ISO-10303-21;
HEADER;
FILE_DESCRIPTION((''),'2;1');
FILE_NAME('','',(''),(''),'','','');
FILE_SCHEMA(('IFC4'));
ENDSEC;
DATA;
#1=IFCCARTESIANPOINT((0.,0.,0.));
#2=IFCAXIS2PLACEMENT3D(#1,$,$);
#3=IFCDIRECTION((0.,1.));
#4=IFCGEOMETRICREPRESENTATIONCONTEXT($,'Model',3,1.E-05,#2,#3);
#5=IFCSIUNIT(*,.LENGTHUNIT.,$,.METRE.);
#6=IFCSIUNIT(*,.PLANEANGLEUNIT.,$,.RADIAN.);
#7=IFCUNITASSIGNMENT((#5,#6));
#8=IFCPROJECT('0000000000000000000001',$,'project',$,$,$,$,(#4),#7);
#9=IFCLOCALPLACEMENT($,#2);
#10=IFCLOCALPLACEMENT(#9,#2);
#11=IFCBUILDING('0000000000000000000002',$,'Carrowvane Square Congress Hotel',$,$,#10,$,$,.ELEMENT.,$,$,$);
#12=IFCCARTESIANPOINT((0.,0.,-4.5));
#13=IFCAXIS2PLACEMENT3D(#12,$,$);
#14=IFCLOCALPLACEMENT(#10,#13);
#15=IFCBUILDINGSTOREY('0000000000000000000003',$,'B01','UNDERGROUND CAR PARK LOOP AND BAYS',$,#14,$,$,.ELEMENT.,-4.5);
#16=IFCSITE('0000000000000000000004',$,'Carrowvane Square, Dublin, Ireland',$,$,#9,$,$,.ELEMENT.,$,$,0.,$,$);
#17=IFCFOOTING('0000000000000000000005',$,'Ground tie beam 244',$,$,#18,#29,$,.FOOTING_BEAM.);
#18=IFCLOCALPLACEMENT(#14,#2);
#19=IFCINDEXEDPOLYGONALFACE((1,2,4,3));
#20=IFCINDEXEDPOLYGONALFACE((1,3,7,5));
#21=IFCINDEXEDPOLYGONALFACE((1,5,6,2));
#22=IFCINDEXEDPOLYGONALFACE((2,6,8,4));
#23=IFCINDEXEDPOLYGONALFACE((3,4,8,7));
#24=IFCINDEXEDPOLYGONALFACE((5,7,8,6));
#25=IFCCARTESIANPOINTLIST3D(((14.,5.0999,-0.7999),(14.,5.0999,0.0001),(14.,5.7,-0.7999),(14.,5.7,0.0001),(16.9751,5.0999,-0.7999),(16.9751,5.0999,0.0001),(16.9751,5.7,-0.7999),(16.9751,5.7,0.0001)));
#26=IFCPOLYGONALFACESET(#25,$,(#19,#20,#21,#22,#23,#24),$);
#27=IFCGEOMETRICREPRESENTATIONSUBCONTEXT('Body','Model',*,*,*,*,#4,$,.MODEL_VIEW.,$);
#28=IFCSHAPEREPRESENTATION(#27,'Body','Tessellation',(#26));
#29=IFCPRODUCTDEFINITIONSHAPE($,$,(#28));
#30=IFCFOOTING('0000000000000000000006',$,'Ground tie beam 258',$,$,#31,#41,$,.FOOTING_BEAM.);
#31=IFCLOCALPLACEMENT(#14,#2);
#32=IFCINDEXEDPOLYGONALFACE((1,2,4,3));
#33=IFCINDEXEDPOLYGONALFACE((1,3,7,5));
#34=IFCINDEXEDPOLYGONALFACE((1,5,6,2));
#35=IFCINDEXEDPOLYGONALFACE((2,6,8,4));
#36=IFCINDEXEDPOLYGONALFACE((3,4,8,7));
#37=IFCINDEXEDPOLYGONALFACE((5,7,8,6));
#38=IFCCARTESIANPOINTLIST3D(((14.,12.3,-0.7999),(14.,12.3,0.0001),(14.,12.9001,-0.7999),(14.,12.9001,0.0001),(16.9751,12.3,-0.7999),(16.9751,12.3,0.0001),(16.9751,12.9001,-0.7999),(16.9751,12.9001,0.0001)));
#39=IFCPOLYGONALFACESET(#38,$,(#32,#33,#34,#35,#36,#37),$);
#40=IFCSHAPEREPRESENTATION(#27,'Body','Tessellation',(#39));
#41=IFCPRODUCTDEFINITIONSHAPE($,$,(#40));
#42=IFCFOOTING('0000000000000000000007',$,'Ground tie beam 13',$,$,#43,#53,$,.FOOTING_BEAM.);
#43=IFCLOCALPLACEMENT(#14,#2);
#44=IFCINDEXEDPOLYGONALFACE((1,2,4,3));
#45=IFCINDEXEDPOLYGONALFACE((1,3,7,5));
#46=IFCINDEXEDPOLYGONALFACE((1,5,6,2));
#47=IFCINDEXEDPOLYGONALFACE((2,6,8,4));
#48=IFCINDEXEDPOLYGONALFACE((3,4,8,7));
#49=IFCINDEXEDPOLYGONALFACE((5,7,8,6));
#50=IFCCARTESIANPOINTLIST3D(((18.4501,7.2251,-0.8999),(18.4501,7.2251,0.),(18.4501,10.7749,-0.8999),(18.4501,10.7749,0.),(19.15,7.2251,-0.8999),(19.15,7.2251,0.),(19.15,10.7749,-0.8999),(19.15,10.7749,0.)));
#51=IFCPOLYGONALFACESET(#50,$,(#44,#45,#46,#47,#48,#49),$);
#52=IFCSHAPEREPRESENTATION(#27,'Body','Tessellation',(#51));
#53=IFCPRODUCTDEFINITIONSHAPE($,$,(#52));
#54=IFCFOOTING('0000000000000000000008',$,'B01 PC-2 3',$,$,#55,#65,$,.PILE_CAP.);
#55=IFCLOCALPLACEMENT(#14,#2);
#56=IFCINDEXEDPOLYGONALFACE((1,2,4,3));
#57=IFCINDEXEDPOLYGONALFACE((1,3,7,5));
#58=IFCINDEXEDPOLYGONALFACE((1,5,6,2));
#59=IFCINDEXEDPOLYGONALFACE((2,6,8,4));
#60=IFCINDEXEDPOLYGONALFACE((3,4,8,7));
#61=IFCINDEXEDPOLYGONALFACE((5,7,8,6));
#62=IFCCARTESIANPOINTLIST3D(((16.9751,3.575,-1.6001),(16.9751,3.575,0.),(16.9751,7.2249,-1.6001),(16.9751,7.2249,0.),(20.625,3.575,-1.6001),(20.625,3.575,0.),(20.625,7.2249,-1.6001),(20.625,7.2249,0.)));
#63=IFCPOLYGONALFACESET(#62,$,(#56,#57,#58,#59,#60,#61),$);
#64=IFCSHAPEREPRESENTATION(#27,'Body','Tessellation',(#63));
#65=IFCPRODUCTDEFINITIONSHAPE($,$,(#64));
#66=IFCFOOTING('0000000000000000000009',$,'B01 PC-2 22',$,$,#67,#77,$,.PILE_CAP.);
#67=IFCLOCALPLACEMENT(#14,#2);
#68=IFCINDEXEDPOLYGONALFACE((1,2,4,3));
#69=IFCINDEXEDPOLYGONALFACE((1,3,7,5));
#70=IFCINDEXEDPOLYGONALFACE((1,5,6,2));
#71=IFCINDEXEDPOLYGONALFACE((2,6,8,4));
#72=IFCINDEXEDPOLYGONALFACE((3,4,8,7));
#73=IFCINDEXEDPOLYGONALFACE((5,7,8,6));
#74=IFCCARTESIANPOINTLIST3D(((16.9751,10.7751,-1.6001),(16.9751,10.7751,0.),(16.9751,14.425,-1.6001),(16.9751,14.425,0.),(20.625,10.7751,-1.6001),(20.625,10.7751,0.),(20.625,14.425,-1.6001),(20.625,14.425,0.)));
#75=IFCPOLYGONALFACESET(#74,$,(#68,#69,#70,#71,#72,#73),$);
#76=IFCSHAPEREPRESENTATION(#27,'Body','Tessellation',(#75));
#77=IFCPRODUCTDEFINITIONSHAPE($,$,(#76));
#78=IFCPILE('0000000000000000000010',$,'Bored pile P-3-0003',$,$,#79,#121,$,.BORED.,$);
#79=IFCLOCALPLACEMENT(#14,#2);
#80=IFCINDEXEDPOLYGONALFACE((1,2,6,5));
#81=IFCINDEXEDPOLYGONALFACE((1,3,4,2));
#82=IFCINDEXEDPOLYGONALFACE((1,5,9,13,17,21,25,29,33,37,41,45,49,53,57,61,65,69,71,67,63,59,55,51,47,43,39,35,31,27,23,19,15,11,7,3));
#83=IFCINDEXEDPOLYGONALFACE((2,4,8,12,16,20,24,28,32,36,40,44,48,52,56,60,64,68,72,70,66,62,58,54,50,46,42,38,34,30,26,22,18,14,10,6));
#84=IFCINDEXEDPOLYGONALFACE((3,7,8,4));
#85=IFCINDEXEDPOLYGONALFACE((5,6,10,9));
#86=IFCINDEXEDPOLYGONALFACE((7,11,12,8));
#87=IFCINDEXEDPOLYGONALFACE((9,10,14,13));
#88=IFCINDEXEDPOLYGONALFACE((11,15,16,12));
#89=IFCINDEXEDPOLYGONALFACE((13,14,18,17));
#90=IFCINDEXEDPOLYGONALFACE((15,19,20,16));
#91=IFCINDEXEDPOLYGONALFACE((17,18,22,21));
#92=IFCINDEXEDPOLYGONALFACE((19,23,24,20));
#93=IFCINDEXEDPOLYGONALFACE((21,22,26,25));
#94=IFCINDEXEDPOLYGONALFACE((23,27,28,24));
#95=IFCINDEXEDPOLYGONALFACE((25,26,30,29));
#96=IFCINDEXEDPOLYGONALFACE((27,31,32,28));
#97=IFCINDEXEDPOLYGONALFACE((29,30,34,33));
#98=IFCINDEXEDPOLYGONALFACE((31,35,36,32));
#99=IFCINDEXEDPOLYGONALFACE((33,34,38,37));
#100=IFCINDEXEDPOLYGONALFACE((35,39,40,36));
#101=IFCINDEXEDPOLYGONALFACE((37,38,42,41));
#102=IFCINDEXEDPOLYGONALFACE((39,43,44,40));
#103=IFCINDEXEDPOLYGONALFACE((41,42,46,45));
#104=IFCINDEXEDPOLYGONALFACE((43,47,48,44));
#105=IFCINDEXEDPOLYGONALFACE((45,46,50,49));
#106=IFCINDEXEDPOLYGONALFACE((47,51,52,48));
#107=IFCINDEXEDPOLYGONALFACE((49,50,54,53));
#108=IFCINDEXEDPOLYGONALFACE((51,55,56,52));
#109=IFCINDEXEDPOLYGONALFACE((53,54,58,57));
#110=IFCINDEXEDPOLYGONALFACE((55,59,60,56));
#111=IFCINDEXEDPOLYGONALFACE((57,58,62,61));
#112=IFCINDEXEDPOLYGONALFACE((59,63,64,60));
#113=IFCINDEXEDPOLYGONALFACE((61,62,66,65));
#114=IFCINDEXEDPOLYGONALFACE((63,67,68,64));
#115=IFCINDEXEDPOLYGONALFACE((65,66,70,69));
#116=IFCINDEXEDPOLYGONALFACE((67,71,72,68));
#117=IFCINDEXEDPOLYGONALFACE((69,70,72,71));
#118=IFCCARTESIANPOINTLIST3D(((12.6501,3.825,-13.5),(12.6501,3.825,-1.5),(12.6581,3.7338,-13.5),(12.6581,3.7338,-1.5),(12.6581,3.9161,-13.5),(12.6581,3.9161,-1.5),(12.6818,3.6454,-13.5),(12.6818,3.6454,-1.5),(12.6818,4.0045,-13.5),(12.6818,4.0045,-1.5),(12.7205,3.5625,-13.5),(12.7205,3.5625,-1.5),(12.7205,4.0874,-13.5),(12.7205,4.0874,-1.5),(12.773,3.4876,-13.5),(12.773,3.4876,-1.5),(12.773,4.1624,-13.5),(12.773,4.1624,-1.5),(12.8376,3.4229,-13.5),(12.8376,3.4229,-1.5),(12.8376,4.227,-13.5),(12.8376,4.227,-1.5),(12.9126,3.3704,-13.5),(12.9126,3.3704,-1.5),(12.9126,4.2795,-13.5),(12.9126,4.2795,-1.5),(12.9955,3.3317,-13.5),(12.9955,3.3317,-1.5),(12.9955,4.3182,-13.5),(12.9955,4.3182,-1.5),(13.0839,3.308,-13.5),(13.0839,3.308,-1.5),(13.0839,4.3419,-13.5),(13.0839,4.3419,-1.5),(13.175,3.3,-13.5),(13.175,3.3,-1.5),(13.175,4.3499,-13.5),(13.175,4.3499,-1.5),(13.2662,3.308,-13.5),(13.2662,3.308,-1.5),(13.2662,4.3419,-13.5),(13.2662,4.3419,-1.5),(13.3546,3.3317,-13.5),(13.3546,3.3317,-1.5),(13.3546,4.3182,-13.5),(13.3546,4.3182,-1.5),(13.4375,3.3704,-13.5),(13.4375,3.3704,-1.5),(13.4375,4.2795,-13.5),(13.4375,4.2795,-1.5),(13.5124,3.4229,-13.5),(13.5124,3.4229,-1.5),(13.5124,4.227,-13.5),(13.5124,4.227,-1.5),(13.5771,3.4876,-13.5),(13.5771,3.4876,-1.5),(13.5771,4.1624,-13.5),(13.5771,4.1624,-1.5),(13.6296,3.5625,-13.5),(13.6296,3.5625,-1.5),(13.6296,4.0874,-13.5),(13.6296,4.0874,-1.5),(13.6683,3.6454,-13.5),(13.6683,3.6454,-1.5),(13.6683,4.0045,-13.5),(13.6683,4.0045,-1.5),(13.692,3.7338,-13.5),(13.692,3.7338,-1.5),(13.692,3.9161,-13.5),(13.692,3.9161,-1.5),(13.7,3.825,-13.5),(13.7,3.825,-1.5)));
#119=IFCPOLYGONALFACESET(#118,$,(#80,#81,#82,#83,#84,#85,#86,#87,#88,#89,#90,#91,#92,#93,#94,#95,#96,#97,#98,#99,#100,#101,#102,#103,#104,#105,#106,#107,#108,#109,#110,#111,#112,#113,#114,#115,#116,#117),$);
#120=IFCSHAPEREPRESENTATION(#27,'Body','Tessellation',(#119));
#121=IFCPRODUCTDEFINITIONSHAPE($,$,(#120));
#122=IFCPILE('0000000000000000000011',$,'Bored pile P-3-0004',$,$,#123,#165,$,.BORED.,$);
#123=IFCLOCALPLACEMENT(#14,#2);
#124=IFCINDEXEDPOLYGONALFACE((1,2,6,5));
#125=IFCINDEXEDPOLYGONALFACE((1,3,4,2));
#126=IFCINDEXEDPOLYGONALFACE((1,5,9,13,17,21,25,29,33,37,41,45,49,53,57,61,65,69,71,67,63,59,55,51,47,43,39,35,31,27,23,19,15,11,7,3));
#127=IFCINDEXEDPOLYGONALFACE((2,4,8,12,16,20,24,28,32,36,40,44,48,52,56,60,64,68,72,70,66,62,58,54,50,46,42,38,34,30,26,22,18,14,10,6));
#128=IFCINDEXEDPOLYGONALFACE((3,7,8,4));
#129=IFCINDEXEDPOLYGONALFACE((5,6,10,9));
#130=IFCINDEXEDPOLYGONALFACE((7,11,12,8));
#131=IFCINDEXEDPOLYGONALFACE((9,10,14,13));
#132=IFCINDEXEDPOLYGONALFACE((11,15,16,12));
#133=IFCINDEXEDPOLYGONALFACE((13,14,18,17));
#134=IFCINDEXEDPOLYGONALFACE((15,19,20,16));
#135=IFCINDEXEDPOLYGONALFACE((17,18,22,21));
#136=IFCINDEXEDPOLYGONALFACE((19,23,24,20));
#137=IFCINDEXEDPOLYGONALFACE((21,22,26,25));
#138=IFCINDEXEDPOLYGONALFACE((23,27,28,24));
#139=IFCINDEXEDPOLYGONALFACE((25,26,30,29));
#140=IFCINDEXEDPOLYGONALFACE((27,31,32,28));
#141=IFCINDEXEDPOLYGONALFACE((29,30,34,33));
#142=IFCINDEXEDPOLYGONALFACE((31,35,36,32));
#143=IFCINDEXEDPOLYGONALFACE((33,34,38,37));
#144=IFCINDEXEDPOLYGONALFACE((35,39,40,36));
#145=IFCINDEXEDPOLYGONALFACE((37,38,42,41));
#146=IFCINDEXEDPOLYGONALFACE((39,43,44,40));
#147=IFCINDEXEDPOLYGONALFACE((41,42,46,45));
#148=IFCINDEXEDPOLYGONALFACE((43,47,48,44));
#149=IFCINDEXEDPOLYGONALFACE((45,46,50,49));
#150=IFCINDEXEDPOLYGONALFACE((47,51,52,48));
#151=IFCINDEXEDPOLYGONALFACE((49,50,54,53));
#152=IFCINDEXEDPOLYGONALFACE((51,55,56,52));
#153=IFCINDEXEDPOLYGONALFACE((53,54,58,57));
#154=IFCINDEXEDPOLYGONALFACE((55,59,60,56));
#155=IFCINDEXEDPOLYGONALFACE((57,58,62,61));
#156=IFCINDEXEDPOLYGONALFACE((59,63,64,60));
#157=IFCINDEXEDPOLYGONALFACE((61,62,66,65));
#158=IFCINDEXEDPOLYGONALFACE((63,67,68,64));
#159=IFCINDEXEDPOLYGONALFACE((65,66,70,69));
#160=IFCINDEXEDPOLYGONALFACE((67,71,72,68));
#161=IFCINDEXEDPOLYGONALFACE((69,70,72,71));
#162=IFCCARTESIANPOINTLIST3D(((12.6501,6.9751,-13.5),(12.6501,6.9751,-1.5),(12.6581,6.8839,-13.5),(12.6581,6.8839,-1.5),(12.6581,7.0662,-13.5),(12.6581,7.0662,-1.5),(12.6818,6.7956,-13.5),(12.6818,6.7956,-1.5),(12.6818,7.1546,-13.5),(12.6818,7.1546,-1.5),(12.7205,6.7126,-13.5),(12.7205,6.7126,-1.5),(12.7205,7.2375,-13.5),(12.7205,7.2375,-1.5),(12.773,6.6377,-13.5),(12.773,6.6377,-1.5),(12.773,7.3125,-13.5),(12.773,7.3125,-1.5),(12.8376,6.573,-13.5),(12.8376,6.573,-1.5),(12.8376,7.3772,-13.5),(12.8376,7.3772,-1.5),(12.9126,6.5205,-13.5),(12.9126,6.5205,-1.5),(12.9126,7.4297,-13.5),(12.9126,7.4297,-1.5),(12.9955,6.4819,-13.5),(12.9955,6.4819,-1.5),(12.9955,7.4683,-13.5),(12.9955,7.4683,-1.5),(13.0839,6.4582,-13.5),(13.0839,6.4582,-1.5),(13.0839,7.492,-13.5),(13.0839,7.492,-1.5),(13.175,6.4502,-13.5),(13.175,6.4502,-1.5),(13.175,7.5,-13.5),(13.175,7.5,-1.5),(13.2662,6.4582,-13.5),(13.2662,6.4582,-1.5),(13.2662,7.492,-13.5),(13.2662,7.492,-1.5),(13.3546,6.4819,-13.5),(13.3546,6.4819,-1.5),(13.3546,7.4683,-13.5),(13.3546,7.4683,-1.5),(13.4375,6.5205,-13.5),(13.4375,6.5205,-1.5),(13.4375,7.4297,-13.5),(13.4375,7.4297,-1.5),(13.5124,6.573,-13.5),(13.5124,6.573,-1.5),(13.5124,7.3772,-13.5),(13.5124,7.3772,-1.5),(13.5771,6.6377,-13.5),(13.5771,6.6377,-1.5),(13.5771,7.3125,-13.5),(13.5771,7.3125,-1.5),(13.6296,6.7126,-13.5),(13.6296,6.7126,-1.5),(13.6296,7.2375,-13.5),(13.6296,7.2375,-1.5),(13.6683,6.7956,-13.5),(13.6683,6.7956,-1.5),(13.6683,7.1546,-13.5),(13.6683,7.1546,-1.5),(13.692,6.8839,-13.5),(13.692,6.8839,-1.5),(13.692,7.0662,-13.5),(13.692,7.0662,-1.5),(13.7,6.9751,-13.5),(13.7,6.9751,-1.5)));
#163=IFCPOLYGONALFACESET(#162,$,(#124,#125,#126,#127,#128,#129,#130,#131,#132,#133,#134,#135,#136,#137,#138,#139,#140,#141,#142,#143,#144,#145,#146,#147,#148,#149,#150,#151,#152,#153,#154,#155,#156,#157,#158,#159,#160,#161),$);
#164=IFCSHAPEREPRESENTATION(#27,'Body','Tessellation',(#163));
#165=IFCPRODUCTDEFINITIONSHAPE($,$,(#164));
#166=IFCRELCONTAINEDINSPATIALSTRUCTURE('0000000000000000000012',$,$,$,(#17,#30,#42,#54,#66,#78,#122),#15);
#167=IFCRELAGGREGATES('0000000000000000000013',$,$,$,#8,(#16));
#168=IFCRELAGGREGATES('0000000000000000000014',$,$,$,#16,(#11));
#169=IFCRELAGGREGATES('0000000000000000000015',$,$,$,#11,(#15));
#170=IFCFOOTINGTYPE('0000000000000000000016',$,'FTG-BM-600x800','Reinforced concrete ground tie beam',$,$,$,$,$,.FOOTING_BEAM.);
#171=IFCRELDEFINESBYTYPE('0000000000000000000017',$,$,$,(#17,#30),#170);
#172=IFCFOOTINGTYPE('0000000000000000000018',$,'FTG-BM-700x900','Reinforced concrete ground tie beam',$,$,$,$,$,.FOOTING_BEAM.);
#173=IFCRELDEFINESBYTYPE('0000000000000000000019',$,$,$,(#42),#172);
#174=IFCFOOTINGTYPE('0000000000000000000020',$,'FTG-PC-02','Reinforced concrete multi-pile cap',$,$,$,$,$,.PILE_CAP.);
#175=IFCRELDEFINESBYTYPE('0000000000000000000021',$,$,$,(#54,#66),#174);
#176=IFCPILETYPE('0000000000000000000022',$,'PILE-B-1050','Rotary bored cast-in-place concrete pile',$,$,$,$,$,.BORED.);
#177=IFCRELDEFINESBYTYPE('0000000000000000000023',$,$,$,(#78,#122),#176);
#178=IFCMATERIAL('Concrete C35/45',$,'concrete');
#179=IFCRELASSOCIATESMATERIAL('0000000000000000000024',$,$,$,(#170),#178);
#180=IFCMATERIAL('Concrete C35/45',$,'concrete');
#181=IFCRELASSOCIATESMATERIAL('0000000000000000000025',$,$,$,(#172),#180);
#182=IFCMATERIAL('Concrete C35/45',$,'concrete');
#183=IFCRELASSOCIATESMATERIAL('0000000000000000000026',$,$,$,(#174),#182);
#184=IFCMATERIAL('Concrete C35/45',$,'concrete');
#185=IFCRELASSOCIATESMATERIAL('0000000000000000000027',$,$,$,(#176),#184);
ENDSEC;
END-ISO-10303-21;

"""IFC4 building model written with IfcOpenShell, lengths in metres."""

from ifc_helpers import new_model, si_unit, direction, frame, origin, origin_2d, place, context, subcontext, project, spatial, rectangle, circle, extrude, material, material_profile, profile_set, type_object, element, save


model = new_model("IFC4")

# Units and contexts
model_context = context("Model", 3, precision=1e-05, world=origin(), true_north=direction((0.0, 1.0)))
body_context = subcontext(model_context, "Body", "Model", "MODEL_VIEW")
ifc_project = project(units=[si_unit("LENGTHUNIT", "METRE"), si_unit("PLANEANGLEUNIT", "RADIAN")], contexts=[model_context])

# Site, building, storey
site_placement = place(None, origin())
site = spatial("IfcSite", under=ifc_project, at=site_placement, Name="Carrowvane Square, Dublin, Ireland", CompositionType="ELEMENT", RefElevation=0.0)
building_placement = place(site_placement, origin())
building = spatial("IfcBuilding", under=site, at=building_placement, Name="Carrowvane Square Congress Hotel", CompositionType="ELEMENT")
storey_placement = place(building_placement, frame((0.0, 0.0, -4.5)))
storey = spatial("IfcBuildingStorey", under=building, at=storey_placement, Name="B01", Description="UNDERGROUND CAR PARK LOOP AND BAYS", CompositionType="ELEMENT", Elevation=-4.5)

# Footings
ifc_material_1 = material(Name="Concrete C35/45", Category="concrete")
ifc_material_profile_1 = material_profile(ifc_material_1, rectangle(XDim=0.6001, YDim=0.8, at=origin_2d()), Name="RC 600x800")
ifc_profile_set_1 = profile_set([ifc_material_profile_1], Name="Concrete C35/45")
footing_type_1 = type_object("IfcFootingType", Name="FTG-BM-600x800", Description="Reinforced concrete ground tie beam", PredefinedType="FOOTING_BEAM", material=ifc_profile_set_1)
for number, where, z_axis, x_axis, name in (
    (1, (14.0, 5.3999, -0.3999), (1.0, 0.0, 0.0), (0.0, 1.0, 0.0), "Ground tie beam 244"),
    (2, (14.0, 12.6001, -0.3999), (1.0, 0.0, 0.0), (0.0, 1.0, 0.0), "Ground tie beam 258"),
):
    element("IfcFooting", number, at=place(storey_placement, frame(where, z_axis=z_axis, x_axis=x_axis)), inside=storey, type_object=footing_type_1, Name=name, PredefinedType="FOOTING_BEAM", context=body_context, shape_type="SweptSolid", body=[
        extrude(rectangle(XDim=0.6001, YDim=0.8, at=origin_2d()), origin(), (0.0, 0.0, 1.0), 2.9751),
    ])
ifc_material_2 = material(Name="Concrete C35/45", Category="concrete")
ifc_material_profile_2 = material_profile(ifc_material_2, rectangle(XDim=0.7, YDim=0.8999, at=origin_2d()), Name="RC 700x900")
ifc_profile_set_2 = profile_set([ifc_material_profile_2], Name="Concrete C35/45")
footing_type_2 = type_object("IfcFootingType", Name="FTG-BM-700x900", Description="Reinforced concrete ground tie beam", PredefinedType="FOOTING_BEAM", material=ifc_profile_set_2)
footing_placement = place(storey_placement, frame((18.8, 7.2251, -0.45), z_axis=(0.0, 1.0, 0.0), x_axis=(-1.0, 0.0, 0.0)))
element("IfcFooting", 3, at=footing_placement, inside=storey, type_object=footing_type_2, Name="Ground tie beam 13", PredefinedType="FOOTING_BEAM", context=body_context, shape_type="SweptSolid", body=[
    extrude(rectangle(XDim=0.7, YDim=0.8999, at=origin_2d()), origin(), (0.0, 0.0, 1.0), 3.5498),
])
ifc_material_3 = material(Name="Concrete C35/45", Category="concrete")
footing_type_3 = type_object("IfcFootingType", Name="FTG-PC-02", Description="Reinforced concrete multi-pile cap", PredefinedType="PILE_CAP", material=ifc_material_3)
for number, where, z_axis, x_axis, name in (
    (4, (18.8, 5.3999, -1.6001), (0.0, 0.0, 1.0), (1.0, 0.0, 0.0), "B01 PC-2 3"),
    (5, (18.8, 12.6001, -1.6001), (0.0, 0.0, 1.0), (1.0, 0.0, 0.0), "B01 PC-2 22"),
):
    element("IfcFooting", number, at=place(storey_placement, frame(where, z_axis=z_axis, x_axis=x_axis)), inside=storey, type_object=footing_type_3, Name=name, PredefinedType="PILE_CAP", context=body_context, shape_type="SweptSolid", body=[
        extrude(rectangle(XDim=3.6499, YDim=3.6499, at=origin_2d()), origin(), (0.0, 0.0, 1.0), 1.6001),
    ])

# Piles
ifc_material_4 = material(Name="Concrete C35/45", Category="concrete")
ifc_material_profile_3 = material_profile(ifc_material_4, circle(Radius=0.5249, at=origin_2d()), Name="PILE D1050")
ifc_profile_set_3 = profile_set([ifc_material_profile_3], Name="Concrete C35/45")
pile_type_1 = type_object("IfcPileType", Name="PILE-B-1050", Description="Rotary bored cast-in-place concrete pile", PredefinedType="BORED", material=ifc_profile_set_3)
for number, where, z_axis, x_axis, name in (
    (6, (13.175, 3.825, -1.5), (0.0, 0.0, -1.0), (1.0, 0.0, 0.0), "Bored pile P-3-0003"),
    (7, (13.175, 6.9751, -1.5), (0.0, 0.0, -1.0), (1.0, 0.0, 0.0), "Bored pile P-3-0004"),
):
    element("IfcPile", number, at=place(storey_placement, frame(where, z_axis=z_axis, x_axis=x_axis)), inside=storey, type_object=pile_type_1, Name=name, PredefinedType="BORED", context=body_context, shape_type="SweptSolid", body=[
        extrude(circle(Radius=0.5249, at=origin_2d()), origin(), (0.0, 0.0, 1.0), 12.0),
    ])

save(model, "model.ifc")
